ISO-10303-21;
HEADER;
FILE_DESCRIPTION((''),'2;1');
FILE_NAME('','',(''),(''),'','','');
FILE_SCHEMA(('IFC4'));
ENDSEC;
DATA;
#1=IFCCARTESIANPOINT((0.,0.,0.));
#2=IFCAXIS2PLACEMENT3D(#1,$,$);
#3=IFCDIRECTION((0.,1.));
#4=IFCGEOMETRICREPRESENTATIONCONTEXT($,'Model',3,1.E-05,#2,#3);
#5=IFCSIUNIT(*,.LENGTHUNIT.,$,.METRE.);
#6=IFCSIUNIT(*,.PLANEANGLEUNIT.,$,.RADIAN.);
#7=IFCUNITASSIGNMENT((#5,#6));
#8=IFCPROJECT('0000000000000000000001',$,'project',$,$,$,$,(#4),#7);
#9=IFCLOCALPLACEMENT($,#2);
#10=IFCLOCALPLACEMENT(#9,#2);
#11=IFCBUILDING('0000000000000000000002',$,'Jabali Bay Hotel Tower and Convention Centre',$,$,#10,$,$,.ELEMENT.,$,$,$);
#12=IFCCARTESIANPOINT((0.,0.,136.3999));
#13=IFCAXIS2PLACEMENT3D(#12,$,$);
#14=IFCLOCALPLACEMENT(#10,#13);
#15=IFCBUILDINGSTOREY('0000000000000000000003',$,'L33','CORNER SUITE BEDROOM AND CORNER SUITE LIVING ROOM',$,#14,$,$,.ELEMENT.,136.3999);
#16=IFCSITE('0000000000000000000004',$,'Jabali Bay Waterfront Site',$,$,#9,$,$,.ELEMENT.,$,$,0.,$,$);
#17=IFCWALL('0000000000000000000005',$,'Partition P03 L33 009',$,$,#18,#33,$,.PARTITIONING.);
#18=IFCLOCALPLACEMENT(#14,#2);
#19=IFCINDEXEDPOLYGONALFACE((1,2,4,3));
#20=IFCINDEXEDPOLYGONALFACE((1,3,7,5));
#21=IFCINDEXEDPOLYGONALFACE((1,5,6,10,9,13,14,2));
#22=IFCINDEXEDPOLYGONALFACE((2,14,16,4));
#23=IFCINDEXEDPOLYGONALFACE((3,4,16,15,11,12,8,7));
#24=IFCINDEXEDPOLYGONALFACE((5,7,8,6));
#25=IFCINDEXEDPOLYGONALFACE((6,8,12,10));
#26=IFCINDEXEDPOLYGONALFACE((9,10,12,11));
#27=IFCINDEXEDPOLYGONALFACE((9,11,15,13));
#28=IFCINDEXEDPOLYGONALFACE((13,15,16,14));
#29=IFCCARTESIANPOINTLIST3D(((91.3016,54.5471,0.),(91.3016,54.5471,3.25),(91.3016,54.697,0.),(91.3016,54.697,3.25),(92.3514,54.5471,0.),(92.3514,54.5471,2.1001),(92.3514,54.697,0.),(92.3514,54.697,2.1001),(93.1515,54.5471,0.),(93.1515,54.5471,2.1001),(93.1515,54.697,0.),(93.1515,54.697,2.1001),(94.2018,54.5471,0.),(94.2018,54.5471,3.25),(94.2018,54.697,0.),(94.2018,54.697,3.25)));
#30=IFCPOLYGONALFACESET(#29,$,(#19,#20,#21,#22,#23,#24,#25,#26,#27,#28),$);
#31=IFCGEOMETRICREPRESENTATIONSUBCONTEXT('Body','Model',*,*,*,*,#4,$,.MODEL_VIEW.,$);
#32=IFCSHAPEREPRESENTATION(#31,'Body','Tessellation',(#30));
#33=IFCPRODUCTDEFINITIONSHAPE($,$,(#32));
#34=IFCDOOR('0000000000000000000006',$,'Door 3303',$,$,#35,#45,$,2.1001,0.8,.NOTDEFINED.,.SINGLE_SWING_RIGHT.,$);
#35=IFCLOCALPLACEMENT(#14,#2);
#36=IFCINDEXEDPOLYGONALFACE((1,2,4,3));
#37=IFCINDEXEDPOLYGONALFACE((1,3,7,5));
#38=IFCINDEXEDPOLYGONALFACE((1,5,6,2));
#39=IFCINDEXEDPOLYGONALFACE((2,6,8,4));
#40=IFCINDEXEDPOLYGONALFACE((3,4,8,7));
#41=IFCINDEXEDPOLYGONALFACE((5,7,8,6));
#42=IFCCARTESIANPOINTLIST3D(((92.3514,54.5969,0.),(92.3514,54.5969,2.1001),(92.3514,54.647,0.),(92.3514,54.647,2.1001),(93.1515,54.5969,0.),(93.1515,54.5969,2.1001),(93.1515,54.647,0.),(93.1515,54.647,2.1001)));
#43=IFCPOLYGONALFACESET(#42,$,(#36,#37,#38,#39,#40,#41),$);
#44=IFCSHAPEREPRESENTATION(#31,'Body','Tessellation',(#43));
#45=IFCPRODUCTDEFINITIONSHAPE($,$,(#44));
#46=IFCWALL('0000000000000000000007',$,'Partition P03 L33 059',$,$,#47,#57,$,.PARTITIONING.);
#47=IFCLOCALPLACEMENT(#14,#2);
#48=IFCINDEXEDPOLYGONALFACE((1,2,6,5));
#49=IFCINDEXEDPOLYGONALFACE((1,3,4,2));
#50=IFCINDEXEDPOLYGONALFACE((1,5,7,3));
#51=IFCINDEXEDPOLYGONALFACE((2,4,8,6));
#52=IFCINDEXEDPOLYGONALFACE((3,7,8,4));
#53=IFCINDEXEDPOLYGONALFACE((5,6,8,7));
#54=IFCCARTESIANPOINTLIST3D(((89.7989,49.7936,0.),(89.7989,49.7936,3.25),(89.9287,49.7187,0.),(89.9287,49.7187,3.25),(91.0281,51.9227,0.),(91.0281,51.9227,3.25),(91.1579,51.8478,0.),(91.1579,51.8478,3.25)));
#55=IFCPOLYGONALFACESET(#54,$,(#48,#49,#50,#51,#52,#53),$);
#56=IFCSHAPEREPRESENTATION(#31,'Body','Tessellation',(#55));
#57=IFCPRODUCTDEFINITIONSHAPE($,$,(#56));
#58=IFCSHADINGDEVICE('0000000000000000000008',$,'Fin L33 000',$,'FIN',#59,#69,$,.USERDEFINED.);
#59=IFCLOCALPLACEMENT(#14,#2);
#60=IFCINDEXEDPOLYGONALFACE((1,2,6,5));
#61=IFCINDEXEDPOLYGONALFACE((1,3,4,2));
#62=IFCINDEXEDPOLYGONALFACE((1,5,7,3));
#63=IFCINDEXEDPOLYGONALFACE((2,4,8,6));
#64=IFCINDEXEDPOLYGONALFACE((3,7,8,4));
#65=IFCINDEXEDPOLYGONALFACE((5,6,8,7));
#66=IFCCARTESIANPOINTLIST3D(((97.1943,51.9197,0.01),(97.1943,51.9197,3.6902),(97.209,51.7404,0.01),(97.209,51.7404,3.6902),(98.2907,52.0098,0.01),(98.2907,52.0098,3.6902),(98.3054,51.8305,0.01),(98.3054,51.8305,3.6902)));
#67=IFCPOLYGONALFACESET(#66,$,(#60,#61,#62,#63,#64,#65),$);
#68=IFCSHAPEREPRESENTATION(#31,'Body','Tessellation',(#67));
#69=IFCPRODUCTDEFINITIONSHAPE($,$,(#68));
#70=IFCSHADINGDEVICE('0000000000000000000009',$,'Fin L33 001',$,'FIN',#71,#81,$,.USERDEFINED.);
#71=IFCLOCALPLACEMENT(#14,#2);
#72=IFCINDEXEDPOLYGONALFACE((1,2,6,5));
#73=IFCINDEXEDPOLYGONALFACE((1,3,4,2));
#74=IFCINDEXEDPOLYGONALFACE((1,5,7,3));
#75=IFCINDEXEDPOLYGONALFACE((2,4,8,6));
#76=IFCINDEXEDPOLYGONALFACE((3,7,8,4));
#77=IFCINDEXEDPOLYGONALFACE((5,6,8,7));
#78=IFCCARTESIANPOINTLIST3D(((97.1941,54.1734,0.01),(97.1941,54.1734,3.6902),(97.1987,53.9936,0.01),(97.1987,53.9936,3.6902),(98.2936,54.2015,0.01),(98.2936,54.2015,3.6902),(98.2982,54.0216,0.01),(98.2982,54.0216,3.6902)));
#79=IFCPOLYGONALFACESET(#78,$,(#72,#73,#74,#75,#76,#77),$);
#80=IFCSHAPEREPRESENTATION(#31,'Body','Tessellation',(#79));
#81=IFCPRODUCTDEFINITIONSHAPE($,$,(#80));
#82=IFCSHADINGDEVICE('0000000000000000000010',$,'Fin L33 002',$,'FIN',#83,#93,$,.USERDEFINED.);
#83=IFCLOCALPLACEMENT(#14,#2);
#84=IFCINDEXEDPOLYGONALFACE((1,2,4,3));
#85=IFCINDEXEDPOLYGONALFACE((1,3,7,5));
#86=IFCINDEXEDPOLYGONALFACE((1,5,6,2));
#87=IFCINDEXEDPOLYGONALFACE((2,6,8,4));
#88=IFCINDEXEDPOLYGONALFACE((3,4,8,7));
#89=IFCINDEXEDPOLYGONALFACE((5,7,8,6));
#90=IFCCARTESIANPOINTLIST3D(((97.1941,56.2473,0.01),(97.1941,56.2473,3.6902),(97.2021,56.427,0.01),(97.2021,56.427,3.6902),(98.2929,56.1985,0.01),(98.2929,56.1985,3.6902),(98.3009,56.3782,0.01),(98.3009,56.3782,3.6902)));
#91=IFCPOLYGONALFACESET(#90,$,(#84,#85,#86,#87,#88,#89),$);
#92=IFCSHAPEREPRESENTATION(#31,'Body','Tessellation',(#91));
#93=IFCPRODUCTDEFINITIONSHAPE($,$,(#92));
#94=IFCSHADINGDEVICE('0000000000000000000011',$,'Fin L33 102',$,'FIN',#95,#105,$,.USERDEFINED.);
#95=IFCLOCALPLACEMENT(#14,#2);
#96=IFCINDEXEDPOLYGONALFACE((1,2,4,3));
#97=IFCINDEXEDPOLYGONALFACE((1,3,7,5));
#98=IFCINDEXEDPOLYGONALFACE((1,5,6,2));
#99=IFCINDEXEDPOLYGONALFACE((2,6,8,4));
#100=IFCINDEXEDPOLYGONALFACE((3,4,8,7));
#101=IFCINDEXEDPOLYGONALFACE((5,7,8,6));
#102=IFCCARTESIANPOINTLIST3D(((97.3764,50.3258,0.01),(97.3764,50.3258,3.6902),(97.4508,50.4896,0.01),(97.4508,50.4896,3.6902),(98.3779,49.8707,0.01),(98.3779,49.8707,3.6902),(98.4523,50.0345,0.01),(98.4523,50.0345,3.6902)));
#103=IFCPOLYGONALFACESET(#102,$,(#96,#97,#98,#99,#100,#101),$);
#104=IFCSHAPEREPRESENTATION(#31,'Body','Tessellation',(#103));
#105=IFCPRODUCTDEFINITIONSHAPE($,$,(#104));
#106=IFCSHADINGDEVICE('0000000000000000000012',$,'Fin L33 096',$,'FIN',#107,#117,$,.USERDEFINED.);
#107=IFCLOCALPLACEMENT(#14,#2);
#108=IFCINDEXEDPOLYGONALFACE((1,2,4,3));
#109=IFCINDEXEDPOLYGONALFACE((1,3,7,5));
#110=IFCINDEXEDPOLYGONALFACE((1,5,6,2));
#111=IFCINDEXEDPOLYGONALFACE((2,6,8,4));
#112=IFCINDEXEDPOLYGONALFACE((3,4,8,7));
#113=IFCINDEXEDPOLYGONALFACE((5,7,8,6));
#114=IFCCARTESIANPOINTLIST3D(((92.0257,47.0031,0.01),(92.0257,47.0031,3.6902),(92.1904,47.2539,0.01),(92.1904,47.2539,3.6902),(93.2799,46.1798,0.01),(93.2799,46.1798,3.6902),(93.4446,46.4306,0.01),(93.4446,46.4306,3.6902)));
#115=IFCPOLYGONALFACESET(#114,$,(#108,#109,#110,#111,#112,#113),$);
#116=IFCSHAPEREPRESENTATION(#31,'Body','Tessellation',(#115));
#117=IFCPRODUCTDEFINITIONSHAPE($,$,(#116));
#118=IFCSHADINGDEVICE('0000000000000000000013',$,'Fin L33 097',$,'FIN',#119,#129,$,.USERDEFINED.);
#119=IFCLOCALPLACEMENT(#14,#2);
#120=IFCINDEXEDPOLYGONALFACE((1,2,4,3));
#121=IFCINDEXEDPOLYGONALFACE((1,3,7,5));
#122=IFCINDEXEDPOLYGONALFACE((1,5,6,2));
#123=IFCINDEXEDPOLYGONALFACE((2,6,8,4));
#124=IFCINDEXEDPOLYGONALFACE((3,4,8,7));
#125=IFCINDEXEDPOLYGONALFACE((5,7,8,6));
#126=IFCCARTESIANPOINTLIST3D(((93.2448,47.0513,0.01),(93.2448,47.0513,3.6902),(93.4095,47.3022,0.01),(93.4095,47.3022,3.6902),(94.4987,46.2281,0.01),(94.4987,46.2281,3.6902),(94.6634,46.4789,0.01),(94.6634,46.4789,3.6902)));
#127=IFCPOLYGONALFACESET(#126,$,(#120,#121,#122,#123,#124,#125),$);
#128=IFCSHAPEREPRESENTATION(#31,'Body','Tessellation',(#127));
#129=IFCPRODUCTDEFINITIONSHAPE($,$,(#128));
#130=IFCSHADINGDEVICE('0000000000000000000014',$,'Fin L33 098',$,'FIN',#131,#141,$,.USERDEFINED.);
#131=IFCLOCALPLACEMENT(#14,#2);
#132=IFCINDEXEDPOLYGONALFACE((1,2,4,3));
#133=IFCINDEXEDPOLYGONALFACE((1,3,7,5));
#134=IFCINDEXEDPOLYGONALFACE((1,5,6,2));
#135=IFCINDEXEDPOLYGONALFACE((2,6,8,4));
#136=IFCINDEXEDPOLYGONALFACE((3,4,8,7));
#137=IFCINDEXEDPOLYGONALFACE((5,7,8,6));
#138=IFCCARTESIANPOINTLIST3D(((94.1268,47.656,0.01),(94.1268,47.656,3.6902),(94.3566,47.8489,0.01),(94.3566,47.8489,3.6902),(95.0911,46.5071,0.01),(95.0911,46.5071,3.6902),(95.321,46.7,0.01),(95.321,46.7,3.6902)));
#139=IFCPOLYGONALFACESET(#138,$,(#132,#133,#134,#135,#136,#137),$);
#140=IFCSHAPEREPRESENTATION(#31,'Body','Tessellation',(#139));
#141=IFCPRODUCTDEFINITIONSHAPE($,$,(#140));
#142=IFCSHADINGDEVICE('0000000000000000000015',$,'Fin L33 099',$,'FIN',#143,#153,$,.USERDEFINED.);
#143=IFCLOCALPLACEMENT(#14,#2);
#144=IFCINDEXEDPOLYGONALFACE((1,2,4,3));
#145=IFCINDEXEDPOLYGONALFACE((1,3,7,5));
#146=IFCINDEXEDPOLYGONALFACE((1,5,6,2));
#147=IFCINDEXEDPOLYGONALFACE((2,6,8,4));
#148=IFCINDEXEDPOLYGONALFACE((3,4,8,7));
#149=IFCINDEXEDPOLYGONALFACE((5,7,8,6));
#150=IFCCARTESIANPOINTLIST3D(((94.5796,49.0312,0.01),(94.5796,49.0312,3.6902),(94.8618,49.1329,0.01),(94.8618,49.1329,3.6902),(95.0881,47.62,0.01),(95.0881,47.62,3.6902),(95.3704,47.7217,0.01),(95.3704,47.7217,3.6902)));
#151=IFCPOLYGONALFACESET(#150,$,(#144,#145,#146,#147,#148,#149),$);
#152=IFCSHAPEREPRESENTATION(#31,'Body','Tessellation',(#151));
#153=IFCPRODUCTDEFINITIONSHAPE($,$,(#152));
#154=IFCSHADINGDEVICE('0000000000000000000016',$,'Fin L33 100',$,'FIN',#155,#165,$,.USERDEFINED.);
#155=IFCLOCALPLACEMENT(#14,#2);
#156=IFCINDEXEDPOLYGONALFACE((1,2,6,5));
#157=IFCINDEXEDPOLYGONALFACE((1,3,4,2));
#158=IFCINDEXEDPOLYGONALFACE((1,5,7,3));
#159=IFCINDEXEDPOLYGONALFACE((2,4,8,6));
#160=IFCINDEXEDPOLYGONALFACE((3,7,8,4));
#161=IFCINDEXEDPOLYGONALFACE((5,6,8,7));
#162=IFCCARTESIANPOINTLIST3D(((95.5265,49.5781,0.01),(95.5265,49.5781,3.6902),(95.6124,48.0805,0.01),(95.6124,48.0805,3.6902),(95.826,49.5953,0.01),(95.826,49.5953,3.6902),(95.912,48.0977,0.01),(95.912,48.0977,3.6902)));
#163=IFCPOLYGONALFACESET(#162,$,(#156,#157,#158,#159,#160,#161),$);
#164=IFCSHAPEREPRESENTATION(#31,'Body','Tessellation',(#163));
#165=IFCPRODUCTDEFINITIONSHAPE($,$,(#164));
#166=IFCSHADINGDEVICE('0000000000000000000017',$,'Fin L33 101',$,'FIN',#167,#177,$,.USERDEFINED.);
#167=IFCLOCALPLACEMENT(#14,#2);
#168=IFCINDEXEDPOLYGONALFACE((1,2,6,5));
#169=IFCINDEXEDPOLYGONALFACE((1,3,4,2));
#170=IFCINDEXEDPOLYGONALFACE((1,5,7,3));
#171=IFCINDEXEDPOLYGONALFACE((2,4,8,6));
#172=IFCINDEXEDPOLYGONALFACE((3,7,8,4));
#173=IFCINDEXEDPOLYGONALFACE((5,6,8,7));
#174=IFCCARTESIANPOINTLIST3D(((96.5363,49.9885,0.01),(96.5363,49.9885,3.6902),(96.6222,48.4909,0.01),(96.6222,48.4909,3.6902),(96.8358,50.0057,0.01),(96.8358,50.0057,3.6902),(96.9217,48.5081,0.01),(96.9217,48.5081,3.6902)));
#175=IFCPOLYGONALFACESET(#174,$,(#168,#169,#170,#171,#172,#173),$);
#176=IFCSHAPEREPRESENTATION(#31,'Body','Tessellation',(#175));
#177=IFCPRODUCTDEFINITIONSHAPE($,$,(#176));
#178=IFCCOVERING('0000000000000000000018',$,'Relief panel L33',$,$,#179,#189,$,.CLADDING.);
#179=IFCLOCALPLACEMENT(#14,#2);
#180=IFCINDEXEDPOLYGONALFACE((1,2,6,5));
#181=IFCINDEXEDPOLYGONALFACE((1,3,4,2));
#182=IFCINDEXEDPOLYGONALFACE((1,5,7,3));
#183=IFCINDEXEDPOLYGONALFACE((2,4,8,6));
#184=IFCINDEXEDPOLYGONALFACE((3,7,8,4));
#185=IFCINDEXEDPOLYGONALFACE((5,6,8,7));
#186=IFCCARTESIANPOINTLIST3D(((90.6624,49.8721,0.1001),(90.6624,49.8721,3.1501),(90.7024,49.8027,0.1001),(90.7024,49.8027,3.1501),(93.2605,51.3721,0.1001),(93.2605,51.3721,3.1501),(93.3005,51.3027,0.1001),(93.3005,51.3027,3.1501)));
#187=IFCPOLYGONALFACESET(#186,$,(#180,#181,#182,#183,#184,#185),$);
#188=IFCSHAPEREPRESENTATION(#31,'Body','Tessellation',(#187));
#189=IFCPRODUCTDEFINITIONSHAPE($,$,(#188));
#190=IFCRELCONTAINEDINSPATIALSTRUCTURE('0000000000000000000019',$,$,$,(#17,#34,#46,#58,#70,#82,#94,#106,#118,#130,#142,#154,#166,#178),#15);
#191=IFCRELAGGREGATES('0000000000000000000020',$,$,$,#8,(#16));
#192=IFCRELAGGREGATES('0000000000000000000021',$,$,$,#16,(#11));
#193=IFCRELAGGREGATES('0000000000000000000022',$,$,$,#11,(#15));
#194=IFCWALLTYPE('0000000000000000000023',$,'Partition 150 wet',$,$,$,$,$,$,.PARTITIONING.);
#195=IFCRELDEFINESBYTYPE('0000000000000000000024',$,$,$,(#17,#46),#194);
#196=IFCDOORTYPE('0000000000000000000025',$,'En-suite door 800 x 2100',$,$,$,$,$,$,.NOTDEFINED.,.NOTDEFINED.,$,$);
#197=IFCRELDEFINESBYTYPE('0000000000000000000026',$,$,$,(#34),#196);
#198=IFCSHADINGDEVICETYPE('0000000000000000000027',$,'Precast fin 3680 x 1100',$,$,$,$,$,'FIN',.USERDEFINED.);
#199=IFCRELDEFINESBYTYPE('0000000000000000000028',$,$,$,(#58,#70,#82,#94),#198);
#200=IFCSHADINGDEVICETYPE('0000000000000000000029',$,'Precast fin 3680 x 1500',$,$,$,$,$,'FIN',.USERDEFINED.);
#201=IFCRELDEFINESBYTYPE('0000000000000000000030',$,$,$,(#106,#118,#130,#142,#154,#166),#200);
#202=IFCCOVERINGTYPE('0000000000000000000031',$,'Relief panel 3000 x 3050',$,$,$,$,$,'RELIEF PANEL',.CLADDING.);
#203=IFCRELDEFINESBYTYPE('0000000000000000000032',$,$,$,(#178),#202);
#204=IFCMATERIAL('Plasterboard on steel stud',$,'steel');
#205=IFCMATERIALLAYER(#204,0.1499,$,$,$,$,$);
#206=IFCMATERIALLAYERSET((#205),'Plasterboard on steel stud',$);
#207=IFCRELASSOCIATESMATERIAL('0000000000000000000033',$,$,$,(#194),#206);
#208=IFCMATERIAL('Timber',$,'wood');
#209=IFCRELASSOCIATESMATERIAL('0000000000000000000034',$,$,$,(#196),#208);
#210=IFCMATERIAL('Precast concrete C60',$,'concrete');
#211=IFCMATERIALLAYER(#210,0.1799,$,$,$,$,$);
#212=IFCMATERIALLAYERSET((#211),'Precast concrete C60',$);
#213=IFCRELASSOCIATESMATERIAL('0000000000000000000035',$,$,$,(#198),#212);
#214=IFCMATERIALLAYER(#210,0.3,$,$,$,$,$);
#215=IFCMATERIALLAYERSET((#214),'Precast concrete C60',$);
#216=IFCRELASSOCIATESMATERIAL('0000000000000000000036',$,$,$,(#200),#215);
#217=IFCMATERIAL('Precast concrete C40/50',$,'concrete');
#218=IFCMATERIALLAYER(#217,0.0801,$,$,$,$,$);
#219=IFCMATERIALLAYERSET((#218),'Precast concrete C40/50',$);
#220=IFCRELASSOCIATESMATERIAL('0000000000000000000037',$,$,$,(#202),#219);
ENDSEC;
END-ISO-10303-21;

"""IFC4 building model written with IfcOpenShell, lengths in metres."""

from ifc_helpers import new_model, si_unit, direction, frame, frame_2d, origin, origin_2d, place, context, subcontext, project, spatial, rectangle, extrude, material, layer, layer_set, type_object, element, fill, save


model = new_model("IFC4")

# Units and contexts
model_context = context("Model", 3, precision=1e-05, world=origin(), true_north=direction((0.0, 1.0)))
body_context = subcontext(model_context, "Body", "Model", "MODEL_VIEW")
ifc_project = project(units=[si_unit("LENGTHUNIT", "METRE"), si_unit("PLANEANGLEUNIT", "RADIAN")], contexts=[model_context])

# Site, building, storey
site_placement = place(None, origin())
site = spatial("IfcSite", under=ifc_project, at=site_placement, Name="Jabali Bay Waterfront Site", CompositionType="ELEMENT", RefElevation=0.0)
building_placement = place(site_placement, origin())
building = spatial("IfcBuilding", under=site, at=building_placement, Name="Jabali Bay Hotel Tower and Convention Centre", CompositionType="ELEMENT")
storey_placement = place(building_placement, frame((0.0, 0.0, 136.3999)))
storey = spatial("IfcBuildingStorey", under=building, at=storey_placement, Name="L33", Description="CORNER SUITE BEDROOM AND CORNER SUITE LIVING ROOM", CompositionType="ELEMENT", Elevation=136.3999)

# Shared definitions
ifc_material_1 = material(Name="Plasterboard on steel stud", Category="steel")
ifc_layer_1 = layer(ifc_material_1, 0.1499)
ifc_layer_set_1 = layer_set([ifc_layer_1], Name="Plasterboard on steel stud")
wall_type_1 = type_object("IfcWallType", Name="Partition 150 wet", PredefinedType="PARTITIONING", material=ifc_layer_set_1)

# Wall, opening, door
wall_1_placement = place(storey_placement, frame((91.3015, 54.6221, 0.0), z_axis=(0.0, 0.0, 1.0), x_axis=(1.0, 0.0, 0.0)))
wall_1 = element("IfcWall", 1, at=wall_1_placement, inside=storey, type_object=wall_type_1, Name="Partition P03 L33 009", PredefinedType="PARTITIONING", context=body_context, shape_type="SweptSolid", body=[
    extrude(rectangle(XDim=2.9001, YDim=0.1499, at=frame_2d((1.4502, 0.0))), origin(), (0.0, 0.0, 1.0), 3.25),
])
opening_1_placement = place(wall_1_placement, frame((1.05, 0.0, 0.0)))
opening_1 = element("IfcOpeningElement", 2, at=opening_1_placement, cuts=wall_1, PredefinedType="OPENING", context=body_context, shape_type="SweptSolid", body=[
    extrude(rectangle(XDim=0.8, YDim=2.1001, at=frame_2d((0.3999, 1.05))), frame((0.0, 0.0854, 0.0), z_axis=(0.0, -1.0, 0.0), x_axis=(1.0, 0.0, 0.0)), (0.0, 0.0, 1.0), 0.1709),
])
ifc_material_2 = material(Name="Timber", Category="wood")
door_type = type_object("IfcDoorType", Name="En-suite door 800 x 2100", OperationType="NOTDEFINED", PredefinedType="NOTDEFINED", material=ifc_material_2)
door_placement = place(opening_1_placement, origin())
door = element("IfcDoor", 3, at=door_placement, inside=storey, type_object=door_type, Name="Door 3303", OperationType="SINGLE_SWING_RIGHT", OverallHeight=2.1001, OverallWidth=0.8, PredefinedType="NOTDEFINED", context=body_context, shape_type="SweptSolid", body=[
    extrude(rectangle(XDim=0.8, YDim=2.1001, at=frame_2d((0.3999, 1.05))), frame((0.0, 0.0249, 0.0), z_axis=(0.0, -1.0, 0.0), x_axis=(1.0, 0.0, 0.0)), (0.0, 0.0, 1.0), 0.05),
])
fill(opening_1, door)

# Wall
wall_2_placement = place(storey_placement, frame((91.093, 51.8853, 0.0), z_axis=(0.0, 0.0, 1.0), x_axis=(-0.499995, -0.866028, 0.0)))
element("IfcWall", 4, at=wall_2_placement, inside=storey, type_object=wall_type_1, Name="Partition P03 L33 059", PredefinedType="PARTITIONING", context=body_context, shape_type="SweptSolid", body=[
    extrude(rectangle(XDim=2.4585, YDim=0.1499, at=frame_2d((1.2292, 0.0))), origin(), (0.0, 0.0, 1.0), 3.25),
])

# Shading devices
ifc_material_3 = material(Name="Precast concrete C60", Category="concrete")
ifc_layer_2 = layer(ifc_material_3, 0.1799)
ifc_layer_set_2 = layer_set([ifc_layer_2], Name="Precast concrete C60")
shading_device_type_1 = type_object("IfcShadingDeviceType", Name="Precast fin 3680 x 1100", ElementType="FIN", PredefinedType="USERDEFINED", material=ifc_layer_set_2)
shading_device_1_placement = place(storey_placement, frame((97.2017, 51.8301, 0.01), z_axis=(0.0, 0.0, 1.0), x_axis=(0.996642, 0.081888, 0.0)))
element("IfcShadingDevice", 5, at=shading_device_1_placement, inside=storey, type_object=shading_device_type_1, Name="Fin L33 000", ObjectType="FIN", PredefinedType="USERDEFINED", context=body_context, shape_type="SweptSolid", body=[
    extrude(rectangle(XDim=1.1001, YDim=0.1799, at=frame_2d((0.55, 0.0))), origin(), (0.0, 0.0, 1.0), 3.6802),
])
for number, where, z_axis, x_axis, name in (
    (6, (97.1965, 54.0835, 0.01), (0.0, 0.0, 1.0), (0.999674, 0.025525, 0.0), "Fin L33 001"),
    (7, (97.1982, 56.3372, 0.01), (0.0, 0.0, 1.0), (0.999014, -0.044391, 0.0), "Fin L33 002"),
):
    element("IfcShadingDevice", number, at=place(storey_placement, frame(where, z_axis=z_axis, x_axis=x_axis)), inside=storey, type_object=shading_device_type_1, Name=name, ObjectType="FIN", PredefinedType="USERDEFINED", context=body_context, shape_type="SweptSolid", body=[
        extrude(rectangle(XDim=1.0999, YDim=0.1799, at=frame_2d((0.5498, 0.0))), origin(), (0.0, 0.0, 1.0), 3.6802),
    ])
shading_device_2_placement = place(storey_placement, frame((97.4136, 50.4077, 0.01), z_axis=(0.0, 0.0, 1.0), x_axis=(0.910412, -0.413703, 0.0)))
element("IfcShadingDevice", 8, at=shading_device_2_placement, inside=storey, type_object=shading_device_type_1, Name="Fin L33 102", ObjectType="FIN", PredefinedType="USERDEFINED", context=body_context, shape_type="SweptSolid", body=[
    extrude(rectangle(XDim=1.1001, YDim=0.1799, at=frame_2d((0.55, 0.0))), origin(), (0.0, 0.0, 1.0), 3.6802),
])
ifc_layer_3 = layer(ifc_material_3, 0.3)
ifc_layer_set_3 = layer_set([ifc_layer_3], Name="Precast concrete C60")
shading_device_type_2 = type_object("IfcShadingDeviceType", Name="Precast fin 3680 x 1500", ElementType="FIN", PredefinedType="USERDEFINED", material=ifc_layer_set_3)
shading_device_3_placement = place(storey_placement, frame((92.1082, 47.1284, 0.01), z_axis=(0.0, 0.0, 1.0), x_axis=(0.835985, -0.548752, 0.0)))
element("IfcShadingDevice", 9, at=shading_device_3_placement, inside=storey, type_object=shading_device_type_2, Name="Fin L33 096", ObjectType="FIN", PredefinedType="USERDEFINED", context=body_context, shape_type="SweptSolid", body=[
    extrude(rectangle(XDim=1.5002, YDim=0.3, at=frame_2d((0.75, 0.0))), origin(), (0.0, 0.0, 1.0), 3.6802),
])
for number, where, z_axis, x_axis, name in (
    (10, (93.3271, 47.1768, 0.01), (0.0, 0.0, 1.0), (0.835936, -0.548827, 0.0), "Fin L33 097"),
    (11, (94.2417, 47.7524, 0.01), (0.0, 0.0, 1.0), (0.642902, -0.765948, 0.0), "Fin L33 098"),
    (12, (94.7207, 49.082, 0.01), (0.0, 0.0, 1.0), (0.339036, -0.940773, 0.0), "Fin L33 099"),
    (13, (95.6763, 49.5867, 0.01), (0.0, 0.0, 1.0), (0.057291, -0.998358, 0.0), "Fin L33 100"),
    (14, (96.686, 49.9971, 0.01), (0.0, 0.0, 1.0), (0.057291, -0.998358, 0.0), "Fin L33 101"),
):
    element("IfcShadingDevice", number, at=place(storey_placement, frame(where, z_axis=z_axis, x_axis=x_axis)), inside=storey, type_object=shading_device_type_2, Name=name, ObjectType="FIN", PredefinedType="USERDEFINED", context=body_context, shape_type="SweptSolid", body=[
        extrude(rectangle(XDim=1.5, YDim=0.3, at=frame_2d((0.75, 0.0))), origin(), (0.0, 0.0, 1.0), 3.6802),
    ])

# Covering
ifc_material_4 = material(Name="Precast concrete C40/50", Category="concrete")
ifc_layer_4 = layer(ifc_material_4, 0.0801)
ifc_layer_set_4 = layer_set([ifc_layer_4], Name="Precast concrete C40/50")
covering_type = type_object("IfcCoveringType", Name="Relief panel 3000 x 3050", ElementType="RELIEF PANEL", PredefinedType="CLADDING", material=ifc_layer_set_4)
covering_placement = place(storey_placement, frame((91.9814, 50.5874, 0.1001), z_axis=(0.0, 0.0, 1.0), x_axis=(-0.866025, -0.5, 0.0)))
element("IfcCovering", 15, at=covering_placement, inside=storey, type_object=covering_type, Name="Relief panel L33", PredefinedType="CLADDING", context=body_context, shape_type="SweptSolid", body=[
    extrude(rectangle(XDim=3.0, YDim=0.0801, at=origin_2d()), origin(), (0.0, 0.0, 1.0), 3.05),
])

save(model, "model.ifc")
